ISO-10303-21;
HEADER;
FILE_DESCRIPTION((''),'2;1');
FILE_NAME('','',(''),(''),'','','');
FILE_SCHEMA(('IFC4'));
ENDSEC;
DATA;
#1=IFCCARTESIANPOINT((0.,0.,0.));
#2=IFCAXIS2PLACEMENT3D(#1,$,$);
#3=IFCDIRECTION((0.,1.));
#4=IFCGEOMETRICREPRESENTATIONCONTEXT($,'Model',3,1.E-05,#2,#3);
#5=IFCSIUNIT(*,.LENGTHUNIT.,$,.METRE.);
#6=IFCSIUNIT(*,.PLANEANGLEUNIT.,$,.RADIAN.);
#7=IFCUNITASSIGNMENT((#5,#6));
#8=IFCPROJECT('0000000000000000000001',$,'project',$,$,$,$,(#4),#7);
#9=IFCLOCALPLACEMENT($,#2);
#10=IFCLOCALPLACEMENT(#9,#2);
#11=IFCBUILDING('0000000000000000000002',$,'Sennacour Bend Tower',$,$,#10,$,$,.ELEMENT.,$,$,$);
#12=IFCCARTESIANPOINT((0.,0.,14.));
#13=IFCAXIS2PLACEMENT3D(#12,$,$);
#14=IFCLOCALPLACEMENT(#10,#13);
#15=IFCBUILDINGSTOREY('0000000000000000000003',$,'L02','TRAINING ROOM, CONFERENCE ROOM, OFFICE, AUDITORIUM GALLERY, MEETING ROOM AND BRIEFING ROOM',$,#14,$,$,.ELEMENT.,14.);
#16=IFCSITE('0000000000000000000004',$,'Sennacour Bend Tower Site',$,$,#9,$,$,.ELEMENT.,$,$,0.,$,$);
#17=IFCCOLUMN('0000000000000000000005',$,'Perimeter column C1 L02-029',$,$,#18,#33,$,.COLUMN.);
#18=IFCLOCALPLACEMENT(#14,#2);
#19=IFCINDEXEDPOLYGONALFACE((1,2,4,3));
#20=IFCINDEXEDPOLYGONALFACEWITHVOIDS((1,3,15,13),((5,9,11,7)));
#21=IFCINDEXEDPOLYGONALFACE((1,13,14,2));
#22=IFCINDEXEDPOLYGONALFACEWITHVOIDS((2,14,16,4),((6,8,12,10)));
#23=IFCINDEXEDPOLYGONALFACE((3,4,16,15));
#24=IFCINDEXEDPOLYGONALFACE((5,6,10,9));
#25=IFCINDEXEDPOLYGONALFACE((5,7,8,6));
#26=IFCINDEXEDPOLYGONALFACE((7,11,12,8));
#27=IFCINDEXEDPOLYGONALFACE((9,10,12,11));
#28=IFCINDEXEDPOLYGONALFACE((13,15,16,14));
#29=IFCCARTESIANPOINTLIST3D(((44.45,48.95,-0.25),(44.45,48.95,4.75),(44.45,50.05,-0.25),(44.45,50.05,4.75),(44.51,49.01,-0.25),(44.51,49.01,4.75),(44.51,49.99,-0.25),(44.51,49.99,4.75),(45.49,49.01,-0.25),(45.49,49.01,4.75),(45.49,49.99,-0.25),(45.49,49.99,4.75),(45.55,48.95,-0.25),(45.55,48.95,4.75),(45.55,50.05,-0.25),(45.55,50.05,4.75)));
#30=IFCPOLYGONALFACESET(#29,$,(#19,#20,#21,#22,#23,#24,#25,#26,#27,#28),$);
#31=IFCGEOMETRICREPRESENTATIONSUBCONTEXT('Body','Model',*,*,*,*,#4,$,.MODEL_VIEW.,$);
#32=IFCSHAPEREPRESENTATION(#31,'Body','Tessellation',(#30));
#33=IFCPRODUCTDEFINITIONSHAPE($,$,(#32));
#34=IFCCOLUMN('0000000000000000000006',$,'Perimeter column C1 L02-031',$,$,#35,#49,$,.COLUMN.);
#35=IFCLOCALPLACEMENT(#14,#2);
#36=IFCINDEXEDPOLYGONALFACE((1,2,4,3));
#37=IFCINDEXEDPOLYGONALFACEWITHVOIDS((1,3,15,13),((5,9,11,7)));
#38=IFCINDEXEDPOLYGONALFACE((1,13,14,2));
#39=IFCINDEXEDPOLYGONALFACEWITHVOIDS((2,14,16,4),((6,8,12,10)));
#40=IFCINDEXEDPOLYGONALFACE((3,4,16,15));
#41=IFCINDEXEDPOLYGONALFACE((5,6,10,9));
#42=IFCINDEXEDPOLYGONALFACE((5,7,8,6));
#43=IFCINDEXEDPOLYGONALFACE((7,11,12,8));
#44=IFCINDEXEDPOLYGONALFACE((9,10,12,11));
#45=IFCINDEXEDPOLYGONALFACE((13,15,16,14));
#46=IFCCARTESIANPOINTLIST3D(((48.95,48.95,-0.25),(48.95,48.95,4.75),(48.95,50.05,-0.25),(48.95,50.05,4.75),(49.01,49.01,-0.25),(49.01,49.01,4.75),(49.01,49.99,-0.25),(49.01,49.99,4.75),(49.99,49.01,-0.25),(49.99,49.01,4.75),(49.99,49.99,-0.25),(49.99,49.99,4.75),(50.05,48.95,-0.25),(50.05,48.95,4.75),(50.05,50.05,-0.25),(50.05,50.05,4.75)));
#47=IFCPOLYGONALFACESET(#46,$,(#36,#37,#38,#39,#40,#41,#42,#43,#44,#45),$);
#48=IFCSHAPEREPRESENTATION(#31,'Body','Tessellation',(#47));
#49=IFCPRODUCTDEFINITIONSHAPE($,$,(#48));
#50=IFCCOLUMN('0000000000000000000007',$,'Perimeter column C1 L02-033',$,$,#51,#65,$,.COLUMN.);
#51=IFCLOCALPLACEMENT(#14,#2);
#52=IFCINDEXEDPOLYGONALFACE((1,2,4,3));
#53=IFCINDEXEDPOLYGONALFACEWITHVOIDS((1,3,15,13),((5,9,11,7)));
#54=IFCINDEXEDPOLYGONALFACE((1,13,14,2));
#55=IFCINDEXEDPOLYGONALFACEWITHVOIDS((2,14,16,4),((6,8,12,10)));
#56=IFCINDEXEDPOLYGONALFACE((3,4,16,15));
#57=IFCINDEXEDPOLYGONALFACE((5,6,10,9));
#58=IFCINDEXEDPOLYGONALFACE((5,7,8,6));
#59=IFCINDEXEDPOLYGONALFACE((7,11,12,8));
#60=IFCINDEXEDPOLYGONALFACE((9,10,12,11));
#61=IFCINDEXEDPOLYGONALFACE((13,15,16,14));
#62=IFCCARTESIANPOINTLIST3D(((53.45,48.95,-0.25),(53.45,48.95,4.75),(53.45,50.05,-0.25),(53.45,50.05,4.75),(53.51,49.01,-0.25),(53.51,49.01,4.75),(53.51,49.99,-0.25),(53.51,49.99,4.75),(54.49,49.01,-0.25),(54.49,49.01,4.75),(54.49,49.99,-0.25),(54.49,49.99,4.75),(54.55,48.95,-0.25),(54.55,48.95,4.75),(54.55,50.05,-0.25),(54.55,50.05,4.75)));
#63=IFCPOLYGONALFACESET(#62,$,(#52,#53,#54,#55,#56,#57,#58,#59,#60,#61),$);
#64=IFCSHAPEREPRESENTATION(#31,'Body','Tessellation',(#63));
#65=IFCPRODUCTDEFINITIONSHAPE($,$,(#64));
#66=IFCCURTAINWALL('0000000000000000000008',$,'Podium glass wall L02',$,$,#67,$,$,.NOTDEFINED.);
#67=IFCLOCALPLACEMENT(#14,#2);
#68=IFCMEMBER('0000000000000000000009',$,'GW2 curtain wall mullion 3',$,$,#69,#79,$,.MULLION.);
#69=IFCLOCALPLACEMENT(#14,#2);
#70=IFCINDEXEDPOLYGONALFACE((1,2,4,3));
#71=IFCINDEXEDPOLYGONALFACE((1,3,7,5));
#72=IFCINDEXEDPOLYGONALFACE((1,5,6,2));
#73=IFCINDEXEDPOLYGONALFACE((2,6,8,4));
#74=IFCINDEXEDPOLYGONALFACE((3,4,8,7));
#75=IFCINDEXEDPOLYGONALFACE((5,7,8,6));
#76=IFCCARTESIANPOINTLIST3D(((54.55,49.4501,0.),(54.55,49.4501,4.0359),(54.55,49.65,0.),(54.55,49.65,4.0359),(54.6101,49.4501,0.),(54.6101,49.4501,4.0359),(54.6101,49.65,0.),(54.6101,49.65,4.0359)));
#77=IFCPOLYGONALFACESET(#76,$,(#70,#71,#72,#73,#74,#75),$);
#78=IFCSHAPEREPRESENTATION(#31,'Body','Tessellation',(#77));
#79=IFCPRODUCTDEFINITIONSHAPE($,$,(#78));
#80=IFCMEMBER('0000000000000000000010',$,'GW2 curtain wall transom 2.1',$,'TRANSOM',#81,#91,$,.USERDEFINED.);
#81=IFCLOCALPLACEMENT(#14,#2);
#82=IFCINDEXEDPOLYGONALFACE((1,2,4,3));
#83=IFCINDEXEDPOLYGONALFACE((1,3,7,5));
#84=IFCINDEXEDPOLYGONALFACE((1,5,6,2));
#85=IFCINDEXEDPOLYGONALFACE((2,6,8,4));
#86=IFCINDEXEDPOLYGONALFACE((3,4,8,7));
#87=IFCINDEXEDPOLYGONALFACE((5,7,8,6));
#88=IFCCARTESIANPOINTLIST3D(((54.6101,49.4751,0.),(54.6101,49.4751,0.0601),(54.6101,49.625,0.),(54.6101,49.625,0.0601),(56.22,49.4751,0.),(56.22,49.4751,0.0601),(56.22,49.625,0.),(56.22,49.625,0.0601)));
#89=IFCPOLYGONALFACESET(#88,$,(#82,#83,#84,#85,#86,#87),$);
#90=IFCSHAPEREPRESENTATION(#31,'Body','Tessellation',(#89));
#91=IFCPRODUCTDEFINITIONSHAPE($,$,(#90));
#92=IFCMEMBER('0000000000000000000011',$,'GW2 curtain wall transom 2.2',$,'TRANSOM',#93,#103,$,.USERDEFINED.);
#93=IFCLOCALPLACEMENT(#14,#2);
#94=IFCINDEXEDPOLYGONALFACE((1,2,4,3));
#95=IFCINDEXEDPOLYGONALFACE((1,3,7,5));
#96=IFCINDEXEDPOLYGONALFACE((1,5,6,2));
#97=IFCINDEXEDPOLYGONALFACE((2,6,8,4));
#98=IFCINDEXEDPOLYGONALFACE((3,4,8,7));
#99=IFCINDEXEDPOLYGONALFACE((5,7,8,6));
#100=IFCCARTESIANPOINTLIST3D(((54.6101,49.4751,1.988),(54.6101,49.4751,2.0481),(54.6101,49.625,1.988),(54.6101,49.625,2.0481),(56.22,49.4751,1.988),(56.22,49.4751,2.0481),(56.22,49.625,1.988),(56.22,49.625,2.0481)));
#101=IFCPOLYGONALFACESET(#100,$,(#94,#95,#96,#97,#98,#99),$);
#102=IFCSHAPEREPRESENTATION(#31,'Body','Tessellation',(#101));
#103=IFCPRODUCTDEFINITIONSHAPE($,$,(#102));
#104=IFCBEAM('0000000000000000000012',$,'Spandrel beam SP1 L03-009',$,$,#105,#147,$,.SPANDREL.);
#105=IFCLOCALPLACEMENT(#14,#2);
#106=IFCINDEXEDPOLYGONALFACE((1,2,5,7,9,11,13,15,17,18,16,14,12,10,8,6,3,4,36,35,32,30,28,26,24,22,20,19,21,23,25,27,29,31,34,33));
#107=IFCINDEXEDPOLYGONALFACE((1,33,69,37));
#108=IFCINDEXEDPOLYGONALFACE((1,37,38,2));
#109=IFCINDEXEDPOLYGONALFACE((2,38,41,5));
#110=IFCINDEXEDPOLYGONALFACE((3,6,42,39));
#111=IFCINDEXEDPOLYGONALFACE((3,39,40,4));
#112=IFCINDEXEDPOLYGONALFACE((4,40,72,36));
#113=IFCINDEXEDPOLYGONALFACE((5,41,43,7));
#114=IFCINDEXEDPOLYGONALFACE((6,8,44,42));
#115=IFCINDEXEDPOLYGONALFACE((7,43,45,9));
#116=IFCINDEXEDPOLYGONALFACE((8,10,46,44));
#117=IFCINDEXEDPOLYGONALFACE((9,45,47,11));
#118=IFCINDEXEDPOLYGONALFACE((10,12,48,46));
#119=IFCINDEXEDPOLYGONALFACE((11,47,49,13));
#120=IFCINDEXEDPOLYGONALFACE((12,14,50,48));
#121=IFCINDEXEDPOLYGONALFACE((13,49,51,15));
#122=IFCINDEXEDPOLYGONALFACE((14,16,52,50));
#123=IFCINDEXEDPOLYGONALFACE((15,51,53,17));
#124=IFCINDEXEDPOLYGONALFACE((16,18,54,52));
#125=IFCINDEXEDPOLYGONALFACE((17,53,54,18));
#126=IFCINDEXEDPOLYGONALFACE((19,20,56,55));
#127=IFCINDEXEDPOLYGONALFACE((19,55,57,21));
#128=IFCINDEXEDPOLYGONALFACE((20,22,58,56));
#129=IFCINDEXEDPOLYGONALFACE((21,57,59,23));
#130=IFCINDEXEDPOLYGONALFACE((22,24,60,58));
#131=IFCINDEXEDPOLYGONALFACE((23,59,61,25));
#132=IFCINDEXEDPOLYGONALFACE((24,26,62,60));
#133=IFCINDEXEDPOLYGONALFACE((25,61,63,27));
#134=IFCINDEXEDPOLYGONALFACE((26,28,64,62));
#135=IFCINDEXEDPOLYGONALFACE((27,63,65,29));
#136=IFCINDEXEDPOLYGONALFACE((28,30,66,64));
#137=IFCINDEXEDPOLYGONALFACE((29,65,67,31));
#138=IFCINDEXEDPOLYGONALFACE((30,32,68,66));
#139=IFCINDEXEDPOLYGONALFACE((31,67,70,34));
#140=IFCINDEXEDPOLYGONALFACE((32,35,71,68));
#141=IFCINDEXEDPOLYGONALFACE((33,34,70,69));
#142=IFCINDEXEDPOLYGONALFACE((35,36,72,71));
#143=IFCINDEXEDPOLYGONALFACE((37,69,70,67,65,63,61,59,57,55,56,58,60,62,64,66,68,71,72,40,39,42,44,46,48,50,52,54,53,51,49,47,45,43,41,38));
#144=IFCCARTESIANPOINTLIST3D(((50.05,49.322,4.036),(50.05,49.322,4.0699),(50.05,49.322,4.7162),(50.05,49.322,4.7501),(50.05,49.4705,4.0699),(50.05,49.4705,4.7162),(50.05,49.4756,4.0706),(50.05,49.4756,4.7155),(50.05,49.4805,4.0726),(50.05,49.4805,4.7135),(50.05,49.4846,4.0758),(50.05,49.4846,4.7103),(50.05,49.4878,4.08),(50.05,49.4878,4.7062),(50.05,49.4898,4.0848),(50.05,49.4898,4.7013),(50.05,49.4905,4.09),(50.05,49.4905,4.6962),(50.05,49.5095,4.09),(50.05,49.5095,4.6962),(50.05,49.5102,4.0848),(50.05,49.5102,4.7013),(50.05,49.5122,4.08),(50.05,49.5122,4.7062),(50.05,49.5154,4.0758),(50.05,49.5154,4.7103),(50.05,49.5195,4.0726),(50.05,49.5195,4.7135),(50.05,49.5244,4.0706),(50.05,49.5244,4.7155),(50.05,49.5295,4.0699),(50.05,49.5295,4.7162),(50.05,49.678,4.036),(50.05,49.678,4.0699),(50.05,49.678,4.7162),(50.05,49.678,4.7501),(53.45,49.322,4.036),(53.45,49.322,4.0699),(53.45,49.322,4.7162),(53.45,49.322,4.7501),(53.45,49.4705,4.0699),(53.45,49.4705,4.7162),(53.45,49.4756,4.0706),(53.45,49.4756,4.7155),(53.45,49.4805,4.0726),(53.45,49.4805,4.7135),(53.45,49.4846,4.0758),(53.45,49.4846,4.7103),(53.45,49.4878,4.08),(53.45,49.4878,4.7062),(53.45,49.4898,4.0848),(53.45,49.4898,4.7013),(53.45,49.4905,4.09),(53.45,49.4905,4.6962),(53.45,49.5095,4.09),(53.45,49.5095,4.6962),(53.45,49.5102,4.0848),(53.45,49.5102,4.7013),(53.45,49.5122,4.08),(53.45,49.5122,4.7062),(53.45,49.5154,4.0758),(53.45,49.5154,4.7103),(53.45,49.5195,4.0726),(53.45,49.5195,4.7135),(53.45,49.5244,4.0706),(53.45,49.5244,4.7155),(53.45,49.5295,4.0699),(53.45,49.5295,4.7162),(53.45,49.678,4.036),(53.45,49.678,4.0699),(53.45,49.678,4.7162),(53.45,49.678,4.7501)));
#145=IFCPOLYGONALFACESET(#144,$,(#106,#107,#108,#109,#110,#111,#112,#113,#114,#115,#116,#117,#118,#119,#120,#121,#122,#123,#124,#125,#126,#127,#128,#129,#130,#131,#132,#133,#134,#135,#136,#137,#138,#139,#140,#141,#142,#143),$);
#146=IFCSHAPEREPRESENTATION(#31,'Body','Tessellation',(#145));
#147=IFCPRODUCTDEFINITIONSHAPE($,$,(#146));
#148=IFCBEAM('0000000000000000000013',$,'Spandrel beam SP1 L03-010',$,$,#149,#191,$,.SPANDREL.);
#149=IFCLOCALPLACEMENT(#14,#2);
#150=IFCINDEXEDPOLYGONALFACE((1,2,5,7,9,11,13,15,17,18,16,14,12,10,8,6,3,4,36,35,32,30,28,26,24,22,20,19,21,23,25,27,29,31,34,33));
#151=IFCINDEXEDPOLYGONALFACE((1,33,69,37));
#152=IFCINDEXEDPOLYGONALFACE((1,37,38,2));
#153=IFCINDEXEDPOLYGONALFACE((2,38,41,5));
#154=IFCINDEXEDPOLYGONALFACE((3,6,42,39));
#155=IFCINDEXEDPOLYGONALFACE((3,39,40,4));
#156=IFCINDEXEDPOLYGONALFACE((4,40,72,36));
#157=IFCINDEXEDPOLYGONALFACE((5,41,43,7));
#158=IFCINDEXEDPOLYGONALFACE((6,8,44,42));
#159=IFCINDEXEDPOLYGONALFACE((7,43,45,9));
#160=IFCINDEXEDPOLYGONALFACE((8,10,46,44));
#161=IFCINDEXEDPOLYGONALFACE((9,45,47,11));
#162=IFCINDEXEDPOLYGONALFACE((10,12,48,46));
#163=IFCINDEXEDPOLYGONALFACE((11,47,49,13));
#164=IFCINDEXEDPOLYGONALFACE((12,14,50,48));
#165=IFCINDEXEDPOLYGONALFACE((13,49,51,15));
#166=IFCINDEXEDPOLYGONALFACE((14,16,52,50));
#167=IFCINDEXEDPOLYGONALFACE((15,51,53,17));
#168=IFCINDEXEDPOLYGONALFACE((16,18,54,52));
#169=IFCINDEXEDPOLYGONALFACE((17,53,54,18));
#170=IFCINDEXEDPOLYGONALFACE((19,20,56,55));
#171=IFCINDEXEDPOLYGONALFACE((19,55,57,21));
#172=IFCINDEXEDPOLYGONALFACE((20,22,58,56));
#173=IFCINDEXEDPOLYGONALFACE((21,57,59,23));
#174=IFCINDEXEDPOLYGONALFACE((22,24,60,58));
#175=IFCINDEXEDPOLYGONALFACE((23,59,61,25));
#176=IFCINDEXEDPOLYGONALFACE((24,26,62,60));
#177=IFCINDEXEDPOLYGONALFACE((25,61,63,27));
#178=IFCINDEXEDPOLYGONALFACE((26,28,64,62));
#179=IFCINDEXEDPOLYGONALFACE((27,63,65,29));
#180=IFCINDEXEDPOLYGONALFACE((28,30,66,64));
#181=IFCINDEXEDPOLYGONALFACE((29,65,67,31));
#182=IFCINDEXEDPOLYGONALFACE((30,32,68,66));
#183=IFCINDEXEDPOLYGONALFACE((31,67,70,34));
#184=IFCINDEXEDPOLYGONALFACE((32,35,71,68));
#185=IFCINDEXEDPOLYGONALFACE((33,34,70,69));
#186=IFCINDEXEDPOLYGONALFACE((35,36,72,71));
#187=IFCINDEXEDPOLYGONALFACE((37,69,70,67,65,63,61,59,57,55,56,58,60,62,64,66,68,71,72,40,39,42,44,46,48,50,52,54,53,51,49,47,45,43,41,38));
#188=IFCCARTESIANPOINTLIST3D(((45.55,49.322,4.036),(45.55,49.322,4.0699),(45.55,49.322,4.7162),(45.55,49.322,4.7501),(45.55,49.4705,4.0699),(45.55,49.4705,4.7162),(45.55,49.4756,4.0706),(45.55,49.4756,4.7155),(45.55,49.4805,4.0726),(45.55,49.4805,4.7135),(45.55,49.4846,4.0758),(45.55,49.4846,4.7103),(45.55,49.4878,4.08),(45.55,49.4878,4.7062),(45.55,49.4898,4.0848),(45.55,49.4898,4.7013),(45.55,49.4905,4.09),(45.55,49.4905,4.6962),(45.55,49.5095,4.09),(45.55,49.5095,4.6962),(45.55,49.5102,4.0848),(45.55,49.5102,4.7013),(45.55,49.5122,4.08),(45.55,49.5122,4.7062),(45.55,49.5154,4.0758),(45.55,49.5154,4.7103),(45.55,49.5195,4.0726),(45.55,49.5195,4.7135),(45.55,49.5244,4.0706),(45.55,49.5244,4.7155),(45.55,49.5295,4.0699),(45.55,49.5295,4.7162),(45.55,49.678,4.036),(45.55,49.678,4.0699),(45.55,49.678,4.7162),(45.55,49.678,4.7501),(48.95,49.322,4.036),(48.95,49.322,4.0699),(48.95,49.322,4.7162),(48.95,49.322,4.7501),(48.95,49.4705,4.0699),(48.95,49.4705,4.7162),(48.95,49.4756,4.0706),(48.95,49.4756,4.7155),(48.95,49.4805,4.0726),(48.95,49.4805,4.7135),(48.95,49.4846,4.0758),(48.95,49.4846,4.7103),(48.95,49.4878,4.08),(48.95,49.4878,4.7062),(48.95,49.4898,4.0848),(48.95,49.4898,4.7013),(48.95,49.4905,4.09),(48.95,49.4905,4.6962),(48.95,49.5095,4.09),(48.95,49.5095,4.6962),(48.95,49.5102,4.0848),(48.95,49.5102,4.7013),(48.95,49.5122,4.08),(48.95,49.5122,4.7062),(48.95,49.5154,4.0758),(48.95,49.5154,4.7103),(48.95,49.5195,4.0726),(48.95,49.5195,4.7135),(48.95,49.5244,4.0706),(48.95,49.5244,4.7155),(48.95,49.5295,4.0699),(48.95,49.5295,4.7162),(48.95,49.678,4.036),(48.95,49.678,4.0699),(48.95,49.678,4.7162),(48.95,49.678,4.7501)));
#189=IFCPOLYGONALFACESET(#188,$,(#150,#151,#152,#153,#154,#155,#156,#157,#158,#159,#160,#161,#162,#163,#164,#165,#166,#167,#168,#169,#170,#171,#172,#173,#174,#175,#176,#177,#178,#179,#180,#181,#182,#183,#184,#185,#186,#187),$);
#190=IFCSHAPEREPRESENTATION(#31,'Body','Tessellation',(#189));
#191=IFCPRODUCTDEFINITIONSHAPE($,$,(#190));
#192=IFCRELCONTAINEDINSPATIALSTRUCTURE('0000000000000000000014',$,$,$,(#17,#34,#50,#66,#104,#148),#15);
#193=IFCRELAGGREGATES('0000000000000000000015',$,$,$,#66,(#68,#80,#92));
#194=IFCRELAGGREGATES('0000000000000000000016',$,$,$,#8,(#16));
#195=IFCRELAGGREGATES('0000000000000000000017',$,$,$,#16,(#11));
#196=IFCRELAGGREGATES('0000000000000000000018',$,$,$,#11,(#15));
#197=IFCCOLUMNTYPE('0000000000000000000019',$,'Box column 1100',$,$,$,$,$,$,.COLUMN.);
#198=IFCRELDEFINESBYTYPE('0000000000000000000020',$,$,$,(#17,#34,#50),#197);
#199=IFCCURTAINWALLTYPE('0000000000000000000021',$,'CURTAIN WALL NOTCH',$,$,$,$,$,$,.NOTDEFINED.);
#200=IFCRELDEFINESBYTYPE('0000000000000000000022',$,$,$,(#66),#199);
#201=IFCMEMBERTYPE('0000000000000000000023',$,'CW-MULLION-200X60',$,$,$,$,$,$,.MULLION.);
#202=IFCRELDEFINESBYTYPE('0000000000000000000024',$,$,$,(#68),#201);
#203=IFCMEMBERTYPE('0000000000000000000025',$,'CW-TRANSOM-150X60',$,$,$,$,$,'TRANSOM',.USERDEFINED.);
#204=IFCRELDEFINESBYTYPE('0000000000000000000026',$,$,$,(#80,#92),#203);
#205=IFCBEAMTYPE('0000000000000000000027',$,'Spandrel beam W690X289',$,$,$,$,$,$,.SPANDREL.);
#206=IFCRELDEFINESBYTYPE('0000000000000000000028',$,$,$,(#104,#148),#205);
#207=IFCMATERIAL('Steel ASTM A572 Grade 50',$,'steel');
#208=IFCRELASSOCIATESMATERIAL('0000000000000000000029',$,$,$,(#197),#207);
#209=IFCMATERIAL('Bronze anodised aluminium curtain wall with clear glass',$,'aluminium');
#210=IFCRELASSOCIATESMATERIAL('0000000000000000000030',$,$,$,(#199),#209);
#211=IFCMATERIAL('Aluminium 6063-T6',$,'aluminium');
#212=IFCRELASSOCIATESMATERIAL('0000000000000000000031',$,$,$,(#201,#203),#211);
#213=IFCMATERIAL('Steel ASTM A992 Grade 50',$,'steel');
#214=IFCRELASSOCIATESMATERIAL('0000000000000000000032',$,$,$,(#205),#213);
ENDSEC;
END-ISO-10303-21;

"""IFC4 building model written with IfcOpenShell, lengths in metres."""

from ifc_helpers import new_model, si_unit, direction, frame, origin, origin_2d, place, context, subcontext, project, spatial, rectangle, hollow_rectangle, i_section, extrude, material, material_profile, profile_set, type_object, element, aggregate, save


model = new_model("IFC4")

# Units and contexts
model_context = context("Model", 3, precision=1e-05, world=origin(), true_north=direction((0.0, 1.0)))
body_context = subcontext(model_context, "Body", "Model", "MODEL_VIEW")
ifc_project = project(units=[si_unit("LENGTHUNIT", "METRE"), si_unit("PLANEANGLEUNIT", "RADIAN")], contexts=[model_context])

# Site, building, storey
site_placement = place(None, origin())
site = spatial("IfcSite", under=ifc_project, at=site_placement, Name="Sennacour Bend Tower Site", CompositionType="ELEMENT", RefElevation=0.0)
building_placement = place(site_placement, origin())
building = spatial("IfcBuilding", under=site, at=building_placement, Name="Sennacour Bend Tower", CompositionType="ELEMENT")
storey_placement = place(building_placement, frame((0.0, 0.0, 14.0)))
storey = spatial("IfcBuildingStorey", under=building, at=storey_placement, Name="L02", Description="TRAINING ROOM, CONFERENCE ROOM, OFFICE, AUDITORIUM GALLERY, MEETING ROOM AND BRIEFING ROOM", CompositionType="ELEMENT", Elevation=14.0)

# Columns
ifc_material_1 = material(Name="Steel ASTM A572 Grade 50", Category="steel")
ifc_material_profile_1 = material_profile(ifc_material_1, hollow_rectangle(XDim=1.1001, YDim=1.1001, WallThickness=0.0601, at=origin_2d()), Name="Steel ASTM A572 Grade 50", Category="steel")
ifc_profile_set_1 = profile_set([ifc_material_profile_1], Name="Steel ASTM A572 Grade 50")
column_type = type_object("IfcColumnType", Name="Box column 1100", PredefinedType="COLUMN", material=ifc_profile_set_1)
for number, where, z_axis, x_axis, name in (
    (1, (45.0, 49.5, -0.25), (0.0, 0.0, 1.0), (1.0, 0.0, 0.0), "Perimeter column C1 L02-029"),
    (2, (49.5, 49.5, -0.25), (0.0, 0.0, 1.0), (1.0, 0.0, 0.0), "Perimeter column C1 L02-031"),
    (3, (54.0, 49.5, -0.25), (0.0, 0.0, 1.0), (1.0, 0.0, 0.0), "Perimeter column C1 L02-033"),
):
    element("IfcColumn", number, at=place(storey_placement, frame(where, z_axis=z_axis, x_axis=x_axis)), inside=storey, type_object=column_type, Name=name, PredefinedType="COLUMN", context=body_context, shape_type="SweptSolid", body=[
        extrude(hollow_rectangle(XDim=1.1001, YDim=1.1001, WallThickness=0.0601, at=origin_2d()), origin(), (0.0, 0.0, 1.0), 5.0),
    ])

# Curtain wall, members
ifc_material_2 = material(Name="Bronze anodised aluminium curtain wall with clear glass", Category="aluminium")
curtain_wall_type = type_object("IfcCurtainWallType", Name="CURTAIN WALL NOTCH", PredefinedType="NOTDEFINED", material=ifc_material_2)
curtain_wall_placement = place(storey_placement, origin())
curtain_wall = element("IfcCurtainWall", 4, at=curtain_wall_placement, inside=storey, type_object=curtain_wall_type, Name="Podium glass wall L02", PredefinedType="NOTDEFINED")
ifc_material_3 = material(Name="Aluminium 6063-T6", Category="aluminium")
ifc_material_profile_2 = material_profile(ifc_material_3, rectangle(XDim=0.2, YDim=0.0601, at=origin_2d()), Name="Aluminium 6063-T6", Category="aluminium")
ifc_profile_set_2 = profile_set([ifc_material_profile_2], Name="Aluminium 6063-T6")
member_type_1 = type_object("IfcMemberType", Name="CW-MULLION-200X60", PredefinedType="MULLION", material=ifc_profile_set_2)
member_1_placement = place(storey_placement, frame((54.5801, 49.55, 0.0), z_axis=(0.0, 0.0, 1.0), x_axis=(0.0, -1.0, 0.0)))
member_1 = element("IfcMember", 5, at=member_1_placement, type_object=member_type_1, Name="GW2 curtain wall mullion 3", PredefinedType="MULLION", context=body_context, shape_type="SweptSolid", body=[
    extrude(rectangle(XDim=0.2, YDim=0.0601, at=origin_2d()), origin(), (0.0, 0.0, 1.0), 4.0359),
])
ifc_material_profile_3 = material_profile(ifc_material_3, rectangle(XDim=0.1499, YDim=0.0601, at=origin_2d()), Name="Aluminium 6063-T6", Category="aluminium")
ifc_profile_set_3 = profile_set([ifc_material_profile_3], Name="Aluminium 6063-T6")
member_type_2 = type_object("IfcMemberType", Name="CW-TRANSOM-150X60", ElementType="TRANSOM", PredefinedType="USERDEFINED", material=ifc_profile_set_3)
member_2_placement = place(storey_placement, frame((56.22, 49.55, 0.03), z_axis=(-1.0, 0.0, 0.0), x_axis=(0.0, -1.0, 0.0)))
member_2 = element("IfcMember", 6, at=member_2_placement, type_object=member_type_2, Name="GW2 curtain wall transom 2.1", ObjectType="TRANSOM", PredefinedType="USERDEFINED", context=body_context, shape_type="SweptSolid", body=[
    extrude(rectangle(XDim=0.1499, YDim=0.0601, at=origin_2d()), origin(), (0.0, 0.0, 1.0), 1.6099),
])
member_3_placement = place(storey_placement, frame((56.22, 49.55, 2.0181), z_axis=(-1.0, 0.0, 0.0), x_axis=(0.0, -1.0, 0.0)))
member_3 = element("IfcMember", 7, at=member_3_placement, type_object=member_type_2, Name="GW2 curtain wall transom 2.2", ObjectType="TRANSOM", PredefinedType="USERDEFINED", context=body_context, shape_type="SweptSolid", body=[
    extrude(rectangle(XDim=0.1499, YDim=0.0601, at=origin_2d()), origin(), (0.0, 0.0, 1.0), 1.6099),
])

# Beams
ifc_material_4 = material(Name="Steel ASTM A992 Grade 50", Category="steel")
ifc_material_profile_4 = material_profile(ifc_material_4, i_section(OverallWidth=0.356, OverallDepth=0.7141, WebThickness=0.019, FlangeThickness=0.0339, FilletRadius=0.02, at=origin_2d()), Name="Steel ASTM A992 Grade 50", Category="steel")
ifc_profile_set_4 = profile_set([ifc_material_profile_4], Name="Steel ASTM A992 Grade 50")
beam_type = type_object("IfcBeamType", Name="Spandrel beam W690X289", PredefinedType="SPANDREL", material=ifc_profile_set_4)
for number, where, z_axis, x_axis, name in (
    (8, (53.45, 49.5, 4.3931), (-1.0, 0.0, 0.0), (0.0, -1.0, 0.0), "Spandrel beam SP1 L03-009"),
    (9, (48.95, 49.5, 4.3931), (-1.0, 0.0, 0.0), (0.0, -1.0, 0.0), "Spandrel beam SP1 L03-010"),
):
    element("IfcBeam", number, at=place(storey_placement, frame(where, z_axis=z_axis, x_axis=x_axis)), inside=storey, type_object=beam_type, Name=name, PredefinedType="SPANDREL", context=body_context, shape_type="SweptSolid", body=[
        extrude(i_section(OverallWidth=0.356, OverallDepth=0.7141, WebThickness=0.019, FlangeThickness=0.0339, FilletRadius=0.02, at=origin_2d()), origin(), (0.0, 0.0, 1.0), 3.3999),
    ])

aggregate(curtain_wall, [member_1, member_2, member_3])

save(model, "model.ifc")
